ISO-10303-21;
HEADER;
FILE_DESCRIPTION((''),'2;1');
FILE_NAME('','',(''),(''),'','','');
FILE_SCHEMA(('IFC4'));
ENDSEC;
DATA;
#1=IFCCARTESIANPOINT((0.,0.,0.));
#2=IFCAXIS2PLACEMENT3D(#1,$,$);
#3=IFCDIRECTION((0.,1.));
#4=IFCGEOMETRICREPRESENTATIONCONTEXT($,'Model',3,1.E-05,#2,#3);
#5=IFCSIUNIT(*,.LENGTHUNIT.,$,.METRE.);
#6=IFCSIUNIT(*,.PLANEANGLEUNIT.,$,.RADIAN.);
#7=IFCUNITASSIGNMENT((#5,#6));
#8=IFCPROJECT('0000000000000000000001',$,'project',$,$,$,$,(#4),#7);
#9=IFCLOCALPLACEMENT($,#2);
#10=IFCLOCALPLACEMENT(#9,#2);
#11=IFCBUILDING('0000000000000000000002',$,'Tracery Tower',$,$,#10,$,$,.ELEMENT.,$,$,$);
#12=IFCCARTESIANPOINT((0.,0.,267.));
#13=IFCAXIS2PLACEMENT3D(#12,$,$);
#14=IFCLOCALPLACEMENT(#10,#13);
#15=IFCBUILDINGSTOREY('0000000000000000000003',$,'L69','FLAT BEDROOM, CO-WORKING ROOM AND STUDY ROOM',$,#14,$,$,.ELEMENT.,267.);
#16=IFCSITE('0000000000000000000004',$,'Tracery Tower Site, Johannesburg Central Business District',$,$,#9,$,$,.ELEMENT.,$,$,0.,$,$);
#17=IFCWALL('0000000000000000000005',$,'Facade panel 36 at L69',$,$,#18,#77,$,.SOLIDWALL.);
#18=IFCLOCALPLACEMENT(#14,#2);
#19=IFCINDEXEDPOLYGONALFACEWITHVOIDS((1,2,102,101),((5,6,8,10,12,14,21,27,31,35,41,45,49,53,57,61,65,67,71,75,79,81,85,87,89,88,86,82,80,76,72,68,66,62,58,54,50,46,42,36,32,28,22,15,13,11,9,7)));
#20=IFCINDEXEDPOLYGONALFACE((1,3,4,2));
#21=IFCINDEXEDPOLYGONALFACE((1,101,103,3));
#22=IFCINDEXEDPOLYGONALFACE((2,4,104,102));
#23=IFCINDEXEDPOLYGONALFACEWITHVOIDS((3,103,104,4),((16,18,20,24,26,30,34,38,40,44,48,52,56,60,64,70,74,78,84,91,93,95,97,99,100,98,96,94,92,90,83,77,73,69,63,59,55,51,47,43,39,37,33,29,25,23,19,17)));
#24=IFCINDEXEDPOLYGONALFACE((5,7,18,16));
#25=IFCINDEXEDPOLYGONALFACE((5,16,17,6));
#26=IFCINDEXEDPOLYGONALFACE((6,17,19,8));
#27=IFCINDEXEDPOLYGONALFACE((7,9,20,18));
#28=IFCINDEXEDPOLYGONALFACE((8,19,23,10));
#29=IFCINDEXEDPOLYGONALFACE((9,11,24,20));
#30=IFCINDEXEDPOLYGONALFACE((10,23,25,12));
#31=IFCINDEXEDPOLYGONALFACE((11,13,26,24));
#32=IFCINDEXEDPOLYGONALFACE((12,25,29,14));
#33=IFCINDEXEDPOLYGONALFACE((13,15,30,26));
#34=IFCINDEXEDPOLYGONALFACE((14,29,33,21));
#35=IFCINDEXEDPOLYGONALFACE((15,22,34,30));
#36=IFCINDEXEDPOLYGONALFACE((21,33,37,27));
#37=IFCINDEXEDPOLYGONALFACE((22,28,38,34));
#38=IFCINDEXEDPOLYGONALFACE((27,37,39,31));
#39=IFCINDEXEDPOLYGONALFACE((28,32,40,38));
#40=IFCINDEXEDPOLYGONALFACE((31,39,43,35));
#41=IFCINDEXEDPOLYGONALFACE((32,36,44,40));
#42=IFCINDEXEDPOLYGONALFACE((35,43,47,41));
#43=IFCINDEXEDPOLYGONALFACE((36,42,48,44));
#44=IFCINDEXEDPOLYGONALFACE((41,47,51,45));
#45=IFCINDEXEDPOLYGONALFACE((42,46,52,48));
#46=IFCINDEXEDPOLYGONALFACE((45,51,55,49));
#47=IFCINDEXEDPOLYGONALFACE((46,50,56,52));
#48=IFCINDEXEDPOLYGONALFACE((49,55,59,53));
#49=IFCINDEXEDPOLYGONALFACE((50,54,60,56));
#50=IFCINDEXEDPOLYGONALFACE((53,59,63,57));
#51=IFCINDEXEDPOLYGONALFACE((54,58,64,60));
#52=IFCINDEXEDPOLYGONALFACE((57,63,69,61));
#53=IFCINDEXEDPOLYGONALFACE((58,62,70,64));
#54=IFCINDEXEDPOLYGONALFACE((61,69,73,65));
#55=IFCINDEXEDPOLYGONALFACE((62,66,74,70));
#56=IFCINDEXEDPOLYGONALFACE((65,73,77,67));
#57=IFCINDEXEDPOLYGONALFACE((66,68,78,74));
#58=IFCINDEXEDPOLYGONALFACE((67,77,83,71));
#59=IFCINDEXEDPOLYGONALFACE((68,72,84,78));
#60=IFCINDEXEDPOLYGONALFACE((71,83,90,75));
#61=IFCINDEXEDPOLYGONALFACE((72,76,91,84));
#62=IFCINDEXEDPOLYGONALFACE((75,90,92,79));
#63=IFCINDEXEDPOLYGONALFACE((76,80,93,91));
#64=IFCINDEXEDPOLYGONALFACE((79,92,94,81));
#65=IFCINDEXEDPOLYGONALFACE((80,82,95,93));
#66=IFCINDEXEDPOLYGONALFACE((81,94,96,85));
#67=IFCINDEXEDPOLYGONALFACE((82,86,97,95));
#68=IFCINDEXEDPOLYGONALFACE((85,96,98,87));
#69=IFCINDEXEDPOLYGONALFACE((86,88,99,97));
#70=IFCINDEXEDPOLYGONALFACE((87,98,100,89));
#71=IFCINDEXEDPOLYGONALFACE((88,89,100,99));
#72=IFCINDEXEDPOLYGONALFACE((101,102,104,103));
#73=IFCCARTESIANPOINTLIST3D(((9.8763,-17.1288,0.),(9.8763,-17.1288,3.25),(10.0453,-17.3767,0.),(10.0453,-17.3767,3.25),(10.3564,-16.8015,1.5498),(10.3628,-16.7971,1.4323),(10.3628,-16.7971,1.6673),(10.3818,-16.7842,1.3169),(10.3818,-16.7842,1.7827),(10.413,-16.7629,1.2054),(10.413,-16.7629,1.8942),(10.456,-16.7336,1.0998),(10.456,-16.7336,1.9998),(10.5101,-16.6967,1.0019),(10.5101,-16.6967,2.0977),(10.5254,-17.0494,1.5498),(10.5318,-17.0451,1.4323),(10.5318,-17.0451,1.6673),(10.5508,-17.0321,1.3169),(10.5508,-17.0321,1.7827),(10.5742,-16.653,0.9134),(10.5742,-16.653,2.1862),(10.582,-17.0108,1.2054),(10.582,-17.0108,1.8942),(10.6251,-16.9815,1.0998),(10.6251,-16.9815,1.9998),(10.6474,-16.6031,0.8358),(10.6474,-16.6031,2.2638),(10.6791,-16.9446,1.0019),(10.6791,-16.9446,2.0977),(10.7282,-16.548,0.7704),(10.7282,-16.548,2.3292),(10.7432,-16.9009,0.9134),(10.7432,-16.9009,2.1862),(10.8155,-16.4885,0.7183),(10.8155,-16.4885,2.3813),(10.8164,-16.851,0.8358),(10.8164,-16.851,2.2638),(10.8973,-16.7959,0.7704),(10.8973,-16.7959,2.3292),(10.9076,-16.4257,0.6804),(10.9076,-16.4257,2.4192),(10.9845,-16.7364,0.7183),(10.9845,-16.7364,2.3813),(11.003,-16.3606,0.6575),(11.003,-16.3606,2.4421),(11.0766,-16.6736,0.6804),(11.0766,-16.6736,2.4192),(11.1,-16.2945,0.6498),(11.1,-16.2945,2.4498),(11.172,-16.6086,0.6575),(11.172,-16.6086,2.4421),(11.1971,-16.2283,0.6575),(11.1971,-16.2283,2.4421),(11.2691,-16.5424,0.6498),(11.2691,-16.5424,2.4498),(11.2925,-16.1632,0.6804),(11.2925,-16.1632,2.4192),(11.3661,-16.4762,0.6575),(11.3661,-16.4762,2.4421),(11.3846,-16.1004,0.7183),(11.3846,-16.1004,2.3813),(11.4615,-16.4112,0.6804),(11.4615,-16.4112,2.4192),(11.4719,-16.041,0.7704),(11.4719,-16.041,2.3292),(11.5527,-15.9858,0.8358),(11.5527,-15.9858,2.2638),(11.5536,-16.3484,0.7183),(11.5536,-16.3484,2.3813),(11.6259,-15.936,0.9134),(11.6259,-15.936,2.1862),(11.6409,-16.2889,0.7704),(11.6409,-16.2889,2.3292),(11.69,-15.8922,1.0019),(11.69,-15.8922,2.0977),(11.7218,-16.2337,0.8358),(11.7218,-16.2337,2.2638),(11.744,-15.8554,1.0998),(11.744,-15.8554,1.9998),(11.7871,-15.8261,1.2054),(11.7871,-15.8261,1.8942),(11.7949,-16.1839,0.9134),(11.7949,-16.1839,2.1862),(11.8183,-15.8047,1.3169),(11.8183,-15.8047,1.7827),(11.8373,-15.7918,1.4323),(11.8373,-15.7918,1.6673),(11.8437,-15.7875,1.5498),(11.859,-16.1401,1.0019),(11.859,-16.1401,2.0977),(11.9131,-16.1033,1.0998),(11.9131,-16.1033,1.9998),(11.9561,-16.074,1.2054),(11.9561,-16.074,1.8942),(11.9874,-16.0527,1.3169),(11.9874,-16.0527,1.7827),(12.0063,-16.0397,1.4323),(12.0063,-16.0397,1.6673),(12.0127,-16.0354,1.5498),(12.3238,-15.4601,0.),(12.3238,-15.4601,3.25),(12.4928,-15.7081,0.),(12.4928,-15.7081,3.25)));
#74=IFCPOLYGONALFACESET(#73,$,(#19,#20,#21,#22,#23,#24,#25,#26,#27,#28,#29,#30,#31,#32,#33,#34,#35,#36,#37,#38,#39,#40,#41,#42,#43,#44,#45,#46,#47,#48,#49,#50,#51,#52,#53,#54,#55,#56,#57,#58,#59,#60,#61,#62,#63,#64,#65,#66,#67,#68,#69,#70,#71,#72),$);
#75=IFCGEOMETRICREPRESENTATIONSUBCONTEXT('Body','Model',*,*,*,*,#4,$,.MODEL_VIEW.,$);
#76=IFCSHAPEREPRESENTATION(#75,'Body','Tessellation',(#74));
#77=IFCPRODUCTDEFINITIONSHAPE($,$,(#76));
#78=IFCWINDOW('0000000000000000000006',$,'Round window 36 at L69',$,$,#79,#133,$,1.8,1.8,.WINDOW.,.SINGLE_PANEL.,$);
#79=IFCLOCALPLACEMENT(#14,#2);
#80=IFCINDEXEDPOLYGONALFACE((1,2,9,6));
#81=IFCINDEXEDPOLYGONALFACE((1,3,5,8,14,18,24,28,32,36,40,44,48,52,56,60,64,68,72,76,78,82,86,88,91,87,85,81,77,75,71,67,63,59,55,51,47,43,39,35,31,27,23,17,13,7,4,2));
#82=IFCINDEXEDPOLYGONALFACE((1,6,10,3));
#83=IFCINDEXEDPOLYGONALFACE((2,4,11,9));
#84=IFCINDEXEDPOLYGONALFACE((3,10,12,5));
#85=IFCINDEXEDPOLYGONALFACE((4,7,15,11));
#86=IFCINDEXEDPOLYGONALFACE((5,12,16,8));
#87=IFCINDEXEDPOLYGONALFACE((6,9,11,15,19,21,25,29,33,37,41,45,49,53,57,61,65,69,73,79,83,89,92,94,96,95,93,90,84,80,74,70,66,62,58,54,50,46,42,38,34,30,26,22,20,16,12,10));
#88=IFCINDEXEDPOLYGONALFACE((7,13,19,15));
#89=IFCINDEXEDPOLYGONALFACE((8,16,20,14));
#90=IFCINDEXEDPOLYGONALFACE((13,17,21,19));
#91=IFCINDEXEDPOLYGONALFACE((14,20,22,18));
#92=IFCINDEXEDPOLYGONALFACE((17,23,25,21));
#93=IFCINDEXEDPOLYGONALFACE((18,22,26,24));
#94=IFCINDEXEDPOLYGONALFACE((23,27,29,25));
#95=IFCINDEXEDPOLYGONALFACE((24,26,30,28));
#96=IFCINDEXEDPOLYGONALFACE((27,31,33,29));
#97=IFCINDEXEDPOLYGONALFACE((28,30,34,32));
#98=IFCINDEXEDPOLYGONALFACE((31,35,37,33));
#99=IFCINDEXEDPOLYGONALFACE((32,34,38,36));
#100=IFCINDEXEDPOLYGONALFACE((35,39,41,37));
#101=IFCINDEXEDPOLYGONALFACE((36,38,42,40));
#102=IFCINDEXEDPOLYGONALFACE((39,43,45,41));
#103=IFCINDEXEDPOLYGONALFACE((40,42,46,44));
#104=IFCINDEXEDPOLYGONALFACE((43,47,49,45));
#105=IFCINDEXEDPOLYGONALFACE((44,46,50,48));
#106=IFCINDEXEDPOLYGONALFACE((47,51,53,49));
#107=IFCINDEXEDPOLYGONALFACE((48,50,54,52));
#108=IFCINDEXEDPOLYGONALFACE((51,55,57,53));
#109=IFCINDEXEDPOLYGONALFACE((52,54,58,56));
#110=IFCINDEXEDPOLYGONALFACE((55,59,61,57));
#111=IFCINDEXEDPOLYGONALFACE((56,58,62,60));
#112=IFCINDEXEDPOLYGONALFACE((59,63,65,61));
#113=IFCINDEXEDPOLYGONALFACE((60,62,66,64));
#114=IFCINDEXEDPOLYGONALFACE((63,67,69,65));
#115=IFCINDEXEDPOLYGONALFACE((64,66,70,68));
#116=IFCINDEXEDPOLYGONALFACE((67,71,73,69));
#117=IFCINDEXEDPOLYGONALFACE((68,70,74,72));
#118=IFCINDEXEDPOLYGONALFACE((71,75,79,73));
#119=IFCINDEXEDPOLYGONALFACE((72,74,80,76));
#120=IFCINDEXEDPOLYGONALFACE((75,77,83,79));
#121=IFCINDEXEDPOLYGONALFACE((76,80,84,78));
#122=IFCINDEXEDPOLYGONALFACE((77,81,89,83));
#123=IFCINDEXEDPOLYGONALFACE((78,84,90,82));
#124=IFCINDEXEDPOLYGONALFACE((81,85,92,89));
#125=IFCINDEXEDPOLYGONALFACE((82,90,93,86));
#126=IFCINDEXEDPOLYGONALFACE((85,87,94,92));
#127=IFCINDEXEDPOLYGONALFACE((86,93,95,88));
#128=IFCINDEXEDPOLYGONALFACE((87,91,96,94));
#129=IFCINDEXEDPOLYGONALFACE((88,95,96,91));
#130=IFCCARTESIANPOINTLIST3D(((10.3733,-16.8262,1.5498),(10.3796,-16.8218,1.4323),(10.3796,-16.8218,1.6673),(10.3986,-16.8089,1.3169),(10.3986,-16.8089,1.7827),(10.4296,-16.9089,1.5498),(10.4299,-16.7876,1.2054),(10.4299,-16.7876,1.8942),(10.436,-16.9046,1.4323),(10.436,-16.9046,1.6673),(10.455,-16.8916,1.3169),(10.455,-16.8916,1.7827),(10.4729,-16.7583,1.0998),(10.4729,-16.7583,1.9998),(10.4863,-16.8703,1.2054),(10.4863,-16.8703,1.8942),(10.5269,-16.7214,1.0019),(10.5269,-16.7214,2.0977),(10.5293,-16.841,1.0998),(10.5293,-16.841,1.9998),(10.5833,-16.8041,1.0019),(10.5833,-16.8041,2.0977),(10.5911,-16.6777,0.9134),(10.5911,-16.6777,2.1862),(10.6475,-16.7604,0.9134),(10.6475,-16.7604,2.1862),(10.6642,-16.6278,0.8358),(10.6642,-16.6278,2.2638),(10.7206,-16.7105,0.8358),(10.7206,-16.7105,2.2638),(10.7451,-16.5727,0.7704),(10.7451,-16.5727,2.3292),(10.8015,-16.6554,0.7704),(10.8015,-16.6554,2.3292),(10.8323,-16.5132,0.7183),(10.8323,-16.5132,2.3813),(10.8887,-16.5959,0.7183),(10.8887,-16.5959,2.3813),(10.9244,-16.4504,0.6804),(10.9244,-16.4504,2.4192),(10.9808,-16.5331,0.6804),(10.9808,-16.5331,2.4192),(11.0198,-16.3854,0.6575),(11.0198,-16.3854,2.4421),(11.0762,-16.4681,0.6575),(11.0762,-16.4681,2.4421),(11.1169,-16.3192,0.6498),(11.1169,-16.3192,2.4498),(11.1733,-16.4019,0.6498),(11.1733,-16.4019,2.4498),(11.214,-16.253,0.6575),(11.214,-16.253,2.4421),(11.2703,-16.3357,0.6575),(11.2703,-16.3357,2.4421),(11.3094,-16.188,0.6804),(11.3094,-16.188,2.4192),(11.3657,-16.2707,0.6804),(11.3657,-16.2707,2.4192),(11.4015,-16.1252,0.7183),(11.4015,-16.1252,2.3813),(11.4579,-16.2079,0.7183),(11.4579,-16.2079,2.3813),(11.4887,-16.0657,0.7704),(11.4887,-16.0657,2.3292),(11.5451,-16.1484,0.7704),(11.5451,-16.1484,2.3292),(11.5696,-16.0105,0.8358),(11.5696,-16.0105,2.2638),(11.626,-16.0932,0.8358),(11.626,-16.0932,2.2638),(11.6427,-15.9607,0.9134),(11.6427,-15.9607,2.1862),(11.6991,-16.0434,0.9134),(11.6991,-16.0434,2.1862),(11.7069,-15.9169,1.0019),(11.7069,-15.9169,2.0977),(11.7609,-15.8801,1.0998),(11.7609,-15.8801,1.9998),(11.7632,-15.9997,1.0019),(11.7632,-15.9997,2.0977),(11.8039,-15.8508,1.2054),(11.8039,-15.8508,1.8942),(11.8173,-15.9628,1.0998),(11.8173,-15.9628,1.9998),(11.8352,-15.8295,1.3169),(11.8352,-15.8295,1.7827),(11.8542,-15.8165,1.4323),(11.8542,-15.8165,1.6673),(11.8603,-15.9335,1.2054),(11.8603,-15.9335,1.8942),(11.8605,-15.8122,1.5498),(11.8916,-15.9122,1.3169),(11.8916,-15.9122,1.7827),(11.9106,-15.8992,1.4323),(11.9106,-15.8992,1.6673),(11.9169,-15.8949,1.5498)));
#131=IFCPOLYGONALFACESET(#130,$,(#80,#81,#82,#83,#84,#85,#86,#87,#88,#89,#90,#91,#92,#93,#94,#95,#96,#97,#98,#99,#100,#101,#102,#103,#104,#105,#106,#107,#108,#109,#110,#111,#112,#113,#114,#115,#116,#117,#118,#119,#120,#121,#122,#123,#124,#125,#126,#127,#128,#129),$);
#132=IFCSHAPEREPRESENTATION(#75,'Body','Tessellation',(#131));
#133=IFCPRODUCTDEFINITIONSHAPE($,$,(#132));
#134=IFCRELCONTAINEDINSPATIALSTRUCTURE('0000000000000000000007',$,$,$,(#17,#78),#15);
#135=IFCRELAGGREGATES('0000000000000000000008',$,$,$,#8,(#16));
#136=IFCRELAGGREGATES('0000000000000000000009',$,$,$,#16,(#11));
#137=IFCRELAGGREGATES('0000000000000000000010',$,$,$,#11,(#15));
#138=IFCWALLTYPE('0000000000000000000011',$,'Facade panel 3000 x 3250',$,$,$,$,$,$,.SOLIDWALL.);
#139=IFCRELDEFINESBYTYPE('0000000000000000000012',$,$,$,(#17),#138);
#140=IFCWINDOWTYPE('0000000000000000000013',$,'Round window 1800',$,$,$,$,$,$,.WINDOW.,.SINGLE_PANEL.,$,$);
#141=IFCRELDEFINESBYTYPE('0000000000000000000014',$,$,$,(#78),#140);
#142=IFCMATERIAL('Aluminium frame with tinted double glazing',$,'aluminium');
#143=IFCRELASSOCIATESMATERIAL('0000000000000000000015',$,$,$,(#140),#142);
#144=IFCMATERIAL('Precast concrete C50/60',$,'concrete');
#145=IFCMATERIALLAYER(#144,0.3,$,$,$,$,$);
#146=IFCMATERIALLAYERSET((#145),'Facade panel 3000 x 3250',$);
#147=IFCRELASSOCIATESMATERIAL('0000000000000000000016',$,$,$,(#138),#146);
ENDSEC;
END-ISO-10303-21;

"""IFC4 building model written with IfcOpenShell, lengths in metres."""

from ifc_helpers import new_model, si_unit, direction, frame, frame_2d, origin, origin_2d, place, context, subcontext, project, spatial, rectangle, circle, extrude, material, layer, layer_set, type_object, element, fill, save


model = new_model("IFC4")

# Units and contexts
model_context = context("Model", 3, precision=1e-05, world=origin(), true_north=direction((0.0, 1.0)))
body_context = subcontext(model_context, "Body", "Model", "MODEL_VIEW")
ifc_project = project(units=[si_unit("LENGTHUNIT", "METRE"), si_unit("PLANEANGLEUNIT", "RADIAN")], contexts=[model_context])

# Site, building, storey
site_placement = place(None, origin())
site = spatial("IfcSite", under=ifc_project, at=site_placement, Name="Tracery Tower Site, Johannesburg Central Business District", CompositionType="ELEMENT", RefElevation=0.0)
building_placement = place(site_placement, origin())
building = spatial("IfcBuilding", under=site, at=building_placement, Name="Tracery Tower", CompositionType="ELEMENT")
storey_placement = place(building_placement, frame((0.0, 0.0, 267.0)))
storey = spatial("IfcBuildingStorey", under=building, at=storey_placement, Name="L69", Description="FLAT BEDROOM, CO-WORKING ROOM AND STUDY ROOM", CompositionType="ELEMENT", Elevation=267.0)

# Wall, opening, window
ifc_material_1 = material(Name="Aluminium frame with tinted double glazing", Category="aluminium")
window_type = type_object("IfcWindowType", Name="Round window 1800", PartitioningType="SINGLE_PANEL", PredefinedType="WINDOW", material=ifc_material_1)
ifc_material_2 = material(Name="Precast concrete C50/60", Category="concrete")
ifc_layer_1 = layer(ifc_material_2, 0.3)
ifc_layer_set_1 = layer_set([ifc_layer_1], Name="Facade panel 3000 x 3250")
wall_type_1 = type_object("IfcWallType", Name="Facade panel 3000 x 3250", PredefinedType="SOLIDWALL", material=ifc_layer_set_1)
wall_1_placement = place(storey_placement, frame((9.9609, -17.2527, 0.0), z_axis=(0.0, 0.0, 1.0), x_axis=(0.826236, 0.563324, 0.0)))
wall_1 = element("IfcWall", 1, at=wall_1_placement, inside=storey, type_object=wall_type_1, Name="Facade panel 36 at L69", PredefinedType="SOLIDWALL", context=body_context, shape_type="SweptSolid", body=[
    extrude(rectangle(XDim=2.9622, YDim=0.3, at=frame_2d((1.481, 0.0))), origin(), (0.0, 0.0, 1.0), 3.25),
])
opening_1_placement = place(wall_1_placement, frame((1.481, 0.0, 1.5498)))
opening_1 = element("IfcOpeningElement", 2, at=opening_1_placement, cuts=wall_1, PredefinedType="OPENING", context=body_context, shape_type="SweptSolid", body=[
    extrude(circle(Radius=0.9, at=origin_2d()), frame((0.0, 0.1599, 0.0), z_axis=(0.0, -1.0, 0.0), x_axis=(1.0, 0.0, 0.0)), (0.0, 0.0, 1.0), 0.3201),
])
window_1_placement = place(opening_1_placement, origin())
window_1 = element("IfcWindow", 3, at=window_1_placement, inside=storey, type_object=window_type, Name="Round window 36 at L69", OverallHeight=1.8, OverallWidth=1.8, PartitioningType="SINGLE_PANEL", PredefinedType="WINDOW", context=body_context, shape_type="SweptSolid", body=[
    extrude(circle(Radius=0.9, at=origin_2d()), frame((0.0, 0.1201, 0.0), z_axis=(0.0, -1.0, 0.0), x_axis=(1.0, 0.0, 0.0)), (0.0, 0.0, 1.0), 0.1001),
])
fill(opening_1, window_1)

save(model, "model.ifc")
